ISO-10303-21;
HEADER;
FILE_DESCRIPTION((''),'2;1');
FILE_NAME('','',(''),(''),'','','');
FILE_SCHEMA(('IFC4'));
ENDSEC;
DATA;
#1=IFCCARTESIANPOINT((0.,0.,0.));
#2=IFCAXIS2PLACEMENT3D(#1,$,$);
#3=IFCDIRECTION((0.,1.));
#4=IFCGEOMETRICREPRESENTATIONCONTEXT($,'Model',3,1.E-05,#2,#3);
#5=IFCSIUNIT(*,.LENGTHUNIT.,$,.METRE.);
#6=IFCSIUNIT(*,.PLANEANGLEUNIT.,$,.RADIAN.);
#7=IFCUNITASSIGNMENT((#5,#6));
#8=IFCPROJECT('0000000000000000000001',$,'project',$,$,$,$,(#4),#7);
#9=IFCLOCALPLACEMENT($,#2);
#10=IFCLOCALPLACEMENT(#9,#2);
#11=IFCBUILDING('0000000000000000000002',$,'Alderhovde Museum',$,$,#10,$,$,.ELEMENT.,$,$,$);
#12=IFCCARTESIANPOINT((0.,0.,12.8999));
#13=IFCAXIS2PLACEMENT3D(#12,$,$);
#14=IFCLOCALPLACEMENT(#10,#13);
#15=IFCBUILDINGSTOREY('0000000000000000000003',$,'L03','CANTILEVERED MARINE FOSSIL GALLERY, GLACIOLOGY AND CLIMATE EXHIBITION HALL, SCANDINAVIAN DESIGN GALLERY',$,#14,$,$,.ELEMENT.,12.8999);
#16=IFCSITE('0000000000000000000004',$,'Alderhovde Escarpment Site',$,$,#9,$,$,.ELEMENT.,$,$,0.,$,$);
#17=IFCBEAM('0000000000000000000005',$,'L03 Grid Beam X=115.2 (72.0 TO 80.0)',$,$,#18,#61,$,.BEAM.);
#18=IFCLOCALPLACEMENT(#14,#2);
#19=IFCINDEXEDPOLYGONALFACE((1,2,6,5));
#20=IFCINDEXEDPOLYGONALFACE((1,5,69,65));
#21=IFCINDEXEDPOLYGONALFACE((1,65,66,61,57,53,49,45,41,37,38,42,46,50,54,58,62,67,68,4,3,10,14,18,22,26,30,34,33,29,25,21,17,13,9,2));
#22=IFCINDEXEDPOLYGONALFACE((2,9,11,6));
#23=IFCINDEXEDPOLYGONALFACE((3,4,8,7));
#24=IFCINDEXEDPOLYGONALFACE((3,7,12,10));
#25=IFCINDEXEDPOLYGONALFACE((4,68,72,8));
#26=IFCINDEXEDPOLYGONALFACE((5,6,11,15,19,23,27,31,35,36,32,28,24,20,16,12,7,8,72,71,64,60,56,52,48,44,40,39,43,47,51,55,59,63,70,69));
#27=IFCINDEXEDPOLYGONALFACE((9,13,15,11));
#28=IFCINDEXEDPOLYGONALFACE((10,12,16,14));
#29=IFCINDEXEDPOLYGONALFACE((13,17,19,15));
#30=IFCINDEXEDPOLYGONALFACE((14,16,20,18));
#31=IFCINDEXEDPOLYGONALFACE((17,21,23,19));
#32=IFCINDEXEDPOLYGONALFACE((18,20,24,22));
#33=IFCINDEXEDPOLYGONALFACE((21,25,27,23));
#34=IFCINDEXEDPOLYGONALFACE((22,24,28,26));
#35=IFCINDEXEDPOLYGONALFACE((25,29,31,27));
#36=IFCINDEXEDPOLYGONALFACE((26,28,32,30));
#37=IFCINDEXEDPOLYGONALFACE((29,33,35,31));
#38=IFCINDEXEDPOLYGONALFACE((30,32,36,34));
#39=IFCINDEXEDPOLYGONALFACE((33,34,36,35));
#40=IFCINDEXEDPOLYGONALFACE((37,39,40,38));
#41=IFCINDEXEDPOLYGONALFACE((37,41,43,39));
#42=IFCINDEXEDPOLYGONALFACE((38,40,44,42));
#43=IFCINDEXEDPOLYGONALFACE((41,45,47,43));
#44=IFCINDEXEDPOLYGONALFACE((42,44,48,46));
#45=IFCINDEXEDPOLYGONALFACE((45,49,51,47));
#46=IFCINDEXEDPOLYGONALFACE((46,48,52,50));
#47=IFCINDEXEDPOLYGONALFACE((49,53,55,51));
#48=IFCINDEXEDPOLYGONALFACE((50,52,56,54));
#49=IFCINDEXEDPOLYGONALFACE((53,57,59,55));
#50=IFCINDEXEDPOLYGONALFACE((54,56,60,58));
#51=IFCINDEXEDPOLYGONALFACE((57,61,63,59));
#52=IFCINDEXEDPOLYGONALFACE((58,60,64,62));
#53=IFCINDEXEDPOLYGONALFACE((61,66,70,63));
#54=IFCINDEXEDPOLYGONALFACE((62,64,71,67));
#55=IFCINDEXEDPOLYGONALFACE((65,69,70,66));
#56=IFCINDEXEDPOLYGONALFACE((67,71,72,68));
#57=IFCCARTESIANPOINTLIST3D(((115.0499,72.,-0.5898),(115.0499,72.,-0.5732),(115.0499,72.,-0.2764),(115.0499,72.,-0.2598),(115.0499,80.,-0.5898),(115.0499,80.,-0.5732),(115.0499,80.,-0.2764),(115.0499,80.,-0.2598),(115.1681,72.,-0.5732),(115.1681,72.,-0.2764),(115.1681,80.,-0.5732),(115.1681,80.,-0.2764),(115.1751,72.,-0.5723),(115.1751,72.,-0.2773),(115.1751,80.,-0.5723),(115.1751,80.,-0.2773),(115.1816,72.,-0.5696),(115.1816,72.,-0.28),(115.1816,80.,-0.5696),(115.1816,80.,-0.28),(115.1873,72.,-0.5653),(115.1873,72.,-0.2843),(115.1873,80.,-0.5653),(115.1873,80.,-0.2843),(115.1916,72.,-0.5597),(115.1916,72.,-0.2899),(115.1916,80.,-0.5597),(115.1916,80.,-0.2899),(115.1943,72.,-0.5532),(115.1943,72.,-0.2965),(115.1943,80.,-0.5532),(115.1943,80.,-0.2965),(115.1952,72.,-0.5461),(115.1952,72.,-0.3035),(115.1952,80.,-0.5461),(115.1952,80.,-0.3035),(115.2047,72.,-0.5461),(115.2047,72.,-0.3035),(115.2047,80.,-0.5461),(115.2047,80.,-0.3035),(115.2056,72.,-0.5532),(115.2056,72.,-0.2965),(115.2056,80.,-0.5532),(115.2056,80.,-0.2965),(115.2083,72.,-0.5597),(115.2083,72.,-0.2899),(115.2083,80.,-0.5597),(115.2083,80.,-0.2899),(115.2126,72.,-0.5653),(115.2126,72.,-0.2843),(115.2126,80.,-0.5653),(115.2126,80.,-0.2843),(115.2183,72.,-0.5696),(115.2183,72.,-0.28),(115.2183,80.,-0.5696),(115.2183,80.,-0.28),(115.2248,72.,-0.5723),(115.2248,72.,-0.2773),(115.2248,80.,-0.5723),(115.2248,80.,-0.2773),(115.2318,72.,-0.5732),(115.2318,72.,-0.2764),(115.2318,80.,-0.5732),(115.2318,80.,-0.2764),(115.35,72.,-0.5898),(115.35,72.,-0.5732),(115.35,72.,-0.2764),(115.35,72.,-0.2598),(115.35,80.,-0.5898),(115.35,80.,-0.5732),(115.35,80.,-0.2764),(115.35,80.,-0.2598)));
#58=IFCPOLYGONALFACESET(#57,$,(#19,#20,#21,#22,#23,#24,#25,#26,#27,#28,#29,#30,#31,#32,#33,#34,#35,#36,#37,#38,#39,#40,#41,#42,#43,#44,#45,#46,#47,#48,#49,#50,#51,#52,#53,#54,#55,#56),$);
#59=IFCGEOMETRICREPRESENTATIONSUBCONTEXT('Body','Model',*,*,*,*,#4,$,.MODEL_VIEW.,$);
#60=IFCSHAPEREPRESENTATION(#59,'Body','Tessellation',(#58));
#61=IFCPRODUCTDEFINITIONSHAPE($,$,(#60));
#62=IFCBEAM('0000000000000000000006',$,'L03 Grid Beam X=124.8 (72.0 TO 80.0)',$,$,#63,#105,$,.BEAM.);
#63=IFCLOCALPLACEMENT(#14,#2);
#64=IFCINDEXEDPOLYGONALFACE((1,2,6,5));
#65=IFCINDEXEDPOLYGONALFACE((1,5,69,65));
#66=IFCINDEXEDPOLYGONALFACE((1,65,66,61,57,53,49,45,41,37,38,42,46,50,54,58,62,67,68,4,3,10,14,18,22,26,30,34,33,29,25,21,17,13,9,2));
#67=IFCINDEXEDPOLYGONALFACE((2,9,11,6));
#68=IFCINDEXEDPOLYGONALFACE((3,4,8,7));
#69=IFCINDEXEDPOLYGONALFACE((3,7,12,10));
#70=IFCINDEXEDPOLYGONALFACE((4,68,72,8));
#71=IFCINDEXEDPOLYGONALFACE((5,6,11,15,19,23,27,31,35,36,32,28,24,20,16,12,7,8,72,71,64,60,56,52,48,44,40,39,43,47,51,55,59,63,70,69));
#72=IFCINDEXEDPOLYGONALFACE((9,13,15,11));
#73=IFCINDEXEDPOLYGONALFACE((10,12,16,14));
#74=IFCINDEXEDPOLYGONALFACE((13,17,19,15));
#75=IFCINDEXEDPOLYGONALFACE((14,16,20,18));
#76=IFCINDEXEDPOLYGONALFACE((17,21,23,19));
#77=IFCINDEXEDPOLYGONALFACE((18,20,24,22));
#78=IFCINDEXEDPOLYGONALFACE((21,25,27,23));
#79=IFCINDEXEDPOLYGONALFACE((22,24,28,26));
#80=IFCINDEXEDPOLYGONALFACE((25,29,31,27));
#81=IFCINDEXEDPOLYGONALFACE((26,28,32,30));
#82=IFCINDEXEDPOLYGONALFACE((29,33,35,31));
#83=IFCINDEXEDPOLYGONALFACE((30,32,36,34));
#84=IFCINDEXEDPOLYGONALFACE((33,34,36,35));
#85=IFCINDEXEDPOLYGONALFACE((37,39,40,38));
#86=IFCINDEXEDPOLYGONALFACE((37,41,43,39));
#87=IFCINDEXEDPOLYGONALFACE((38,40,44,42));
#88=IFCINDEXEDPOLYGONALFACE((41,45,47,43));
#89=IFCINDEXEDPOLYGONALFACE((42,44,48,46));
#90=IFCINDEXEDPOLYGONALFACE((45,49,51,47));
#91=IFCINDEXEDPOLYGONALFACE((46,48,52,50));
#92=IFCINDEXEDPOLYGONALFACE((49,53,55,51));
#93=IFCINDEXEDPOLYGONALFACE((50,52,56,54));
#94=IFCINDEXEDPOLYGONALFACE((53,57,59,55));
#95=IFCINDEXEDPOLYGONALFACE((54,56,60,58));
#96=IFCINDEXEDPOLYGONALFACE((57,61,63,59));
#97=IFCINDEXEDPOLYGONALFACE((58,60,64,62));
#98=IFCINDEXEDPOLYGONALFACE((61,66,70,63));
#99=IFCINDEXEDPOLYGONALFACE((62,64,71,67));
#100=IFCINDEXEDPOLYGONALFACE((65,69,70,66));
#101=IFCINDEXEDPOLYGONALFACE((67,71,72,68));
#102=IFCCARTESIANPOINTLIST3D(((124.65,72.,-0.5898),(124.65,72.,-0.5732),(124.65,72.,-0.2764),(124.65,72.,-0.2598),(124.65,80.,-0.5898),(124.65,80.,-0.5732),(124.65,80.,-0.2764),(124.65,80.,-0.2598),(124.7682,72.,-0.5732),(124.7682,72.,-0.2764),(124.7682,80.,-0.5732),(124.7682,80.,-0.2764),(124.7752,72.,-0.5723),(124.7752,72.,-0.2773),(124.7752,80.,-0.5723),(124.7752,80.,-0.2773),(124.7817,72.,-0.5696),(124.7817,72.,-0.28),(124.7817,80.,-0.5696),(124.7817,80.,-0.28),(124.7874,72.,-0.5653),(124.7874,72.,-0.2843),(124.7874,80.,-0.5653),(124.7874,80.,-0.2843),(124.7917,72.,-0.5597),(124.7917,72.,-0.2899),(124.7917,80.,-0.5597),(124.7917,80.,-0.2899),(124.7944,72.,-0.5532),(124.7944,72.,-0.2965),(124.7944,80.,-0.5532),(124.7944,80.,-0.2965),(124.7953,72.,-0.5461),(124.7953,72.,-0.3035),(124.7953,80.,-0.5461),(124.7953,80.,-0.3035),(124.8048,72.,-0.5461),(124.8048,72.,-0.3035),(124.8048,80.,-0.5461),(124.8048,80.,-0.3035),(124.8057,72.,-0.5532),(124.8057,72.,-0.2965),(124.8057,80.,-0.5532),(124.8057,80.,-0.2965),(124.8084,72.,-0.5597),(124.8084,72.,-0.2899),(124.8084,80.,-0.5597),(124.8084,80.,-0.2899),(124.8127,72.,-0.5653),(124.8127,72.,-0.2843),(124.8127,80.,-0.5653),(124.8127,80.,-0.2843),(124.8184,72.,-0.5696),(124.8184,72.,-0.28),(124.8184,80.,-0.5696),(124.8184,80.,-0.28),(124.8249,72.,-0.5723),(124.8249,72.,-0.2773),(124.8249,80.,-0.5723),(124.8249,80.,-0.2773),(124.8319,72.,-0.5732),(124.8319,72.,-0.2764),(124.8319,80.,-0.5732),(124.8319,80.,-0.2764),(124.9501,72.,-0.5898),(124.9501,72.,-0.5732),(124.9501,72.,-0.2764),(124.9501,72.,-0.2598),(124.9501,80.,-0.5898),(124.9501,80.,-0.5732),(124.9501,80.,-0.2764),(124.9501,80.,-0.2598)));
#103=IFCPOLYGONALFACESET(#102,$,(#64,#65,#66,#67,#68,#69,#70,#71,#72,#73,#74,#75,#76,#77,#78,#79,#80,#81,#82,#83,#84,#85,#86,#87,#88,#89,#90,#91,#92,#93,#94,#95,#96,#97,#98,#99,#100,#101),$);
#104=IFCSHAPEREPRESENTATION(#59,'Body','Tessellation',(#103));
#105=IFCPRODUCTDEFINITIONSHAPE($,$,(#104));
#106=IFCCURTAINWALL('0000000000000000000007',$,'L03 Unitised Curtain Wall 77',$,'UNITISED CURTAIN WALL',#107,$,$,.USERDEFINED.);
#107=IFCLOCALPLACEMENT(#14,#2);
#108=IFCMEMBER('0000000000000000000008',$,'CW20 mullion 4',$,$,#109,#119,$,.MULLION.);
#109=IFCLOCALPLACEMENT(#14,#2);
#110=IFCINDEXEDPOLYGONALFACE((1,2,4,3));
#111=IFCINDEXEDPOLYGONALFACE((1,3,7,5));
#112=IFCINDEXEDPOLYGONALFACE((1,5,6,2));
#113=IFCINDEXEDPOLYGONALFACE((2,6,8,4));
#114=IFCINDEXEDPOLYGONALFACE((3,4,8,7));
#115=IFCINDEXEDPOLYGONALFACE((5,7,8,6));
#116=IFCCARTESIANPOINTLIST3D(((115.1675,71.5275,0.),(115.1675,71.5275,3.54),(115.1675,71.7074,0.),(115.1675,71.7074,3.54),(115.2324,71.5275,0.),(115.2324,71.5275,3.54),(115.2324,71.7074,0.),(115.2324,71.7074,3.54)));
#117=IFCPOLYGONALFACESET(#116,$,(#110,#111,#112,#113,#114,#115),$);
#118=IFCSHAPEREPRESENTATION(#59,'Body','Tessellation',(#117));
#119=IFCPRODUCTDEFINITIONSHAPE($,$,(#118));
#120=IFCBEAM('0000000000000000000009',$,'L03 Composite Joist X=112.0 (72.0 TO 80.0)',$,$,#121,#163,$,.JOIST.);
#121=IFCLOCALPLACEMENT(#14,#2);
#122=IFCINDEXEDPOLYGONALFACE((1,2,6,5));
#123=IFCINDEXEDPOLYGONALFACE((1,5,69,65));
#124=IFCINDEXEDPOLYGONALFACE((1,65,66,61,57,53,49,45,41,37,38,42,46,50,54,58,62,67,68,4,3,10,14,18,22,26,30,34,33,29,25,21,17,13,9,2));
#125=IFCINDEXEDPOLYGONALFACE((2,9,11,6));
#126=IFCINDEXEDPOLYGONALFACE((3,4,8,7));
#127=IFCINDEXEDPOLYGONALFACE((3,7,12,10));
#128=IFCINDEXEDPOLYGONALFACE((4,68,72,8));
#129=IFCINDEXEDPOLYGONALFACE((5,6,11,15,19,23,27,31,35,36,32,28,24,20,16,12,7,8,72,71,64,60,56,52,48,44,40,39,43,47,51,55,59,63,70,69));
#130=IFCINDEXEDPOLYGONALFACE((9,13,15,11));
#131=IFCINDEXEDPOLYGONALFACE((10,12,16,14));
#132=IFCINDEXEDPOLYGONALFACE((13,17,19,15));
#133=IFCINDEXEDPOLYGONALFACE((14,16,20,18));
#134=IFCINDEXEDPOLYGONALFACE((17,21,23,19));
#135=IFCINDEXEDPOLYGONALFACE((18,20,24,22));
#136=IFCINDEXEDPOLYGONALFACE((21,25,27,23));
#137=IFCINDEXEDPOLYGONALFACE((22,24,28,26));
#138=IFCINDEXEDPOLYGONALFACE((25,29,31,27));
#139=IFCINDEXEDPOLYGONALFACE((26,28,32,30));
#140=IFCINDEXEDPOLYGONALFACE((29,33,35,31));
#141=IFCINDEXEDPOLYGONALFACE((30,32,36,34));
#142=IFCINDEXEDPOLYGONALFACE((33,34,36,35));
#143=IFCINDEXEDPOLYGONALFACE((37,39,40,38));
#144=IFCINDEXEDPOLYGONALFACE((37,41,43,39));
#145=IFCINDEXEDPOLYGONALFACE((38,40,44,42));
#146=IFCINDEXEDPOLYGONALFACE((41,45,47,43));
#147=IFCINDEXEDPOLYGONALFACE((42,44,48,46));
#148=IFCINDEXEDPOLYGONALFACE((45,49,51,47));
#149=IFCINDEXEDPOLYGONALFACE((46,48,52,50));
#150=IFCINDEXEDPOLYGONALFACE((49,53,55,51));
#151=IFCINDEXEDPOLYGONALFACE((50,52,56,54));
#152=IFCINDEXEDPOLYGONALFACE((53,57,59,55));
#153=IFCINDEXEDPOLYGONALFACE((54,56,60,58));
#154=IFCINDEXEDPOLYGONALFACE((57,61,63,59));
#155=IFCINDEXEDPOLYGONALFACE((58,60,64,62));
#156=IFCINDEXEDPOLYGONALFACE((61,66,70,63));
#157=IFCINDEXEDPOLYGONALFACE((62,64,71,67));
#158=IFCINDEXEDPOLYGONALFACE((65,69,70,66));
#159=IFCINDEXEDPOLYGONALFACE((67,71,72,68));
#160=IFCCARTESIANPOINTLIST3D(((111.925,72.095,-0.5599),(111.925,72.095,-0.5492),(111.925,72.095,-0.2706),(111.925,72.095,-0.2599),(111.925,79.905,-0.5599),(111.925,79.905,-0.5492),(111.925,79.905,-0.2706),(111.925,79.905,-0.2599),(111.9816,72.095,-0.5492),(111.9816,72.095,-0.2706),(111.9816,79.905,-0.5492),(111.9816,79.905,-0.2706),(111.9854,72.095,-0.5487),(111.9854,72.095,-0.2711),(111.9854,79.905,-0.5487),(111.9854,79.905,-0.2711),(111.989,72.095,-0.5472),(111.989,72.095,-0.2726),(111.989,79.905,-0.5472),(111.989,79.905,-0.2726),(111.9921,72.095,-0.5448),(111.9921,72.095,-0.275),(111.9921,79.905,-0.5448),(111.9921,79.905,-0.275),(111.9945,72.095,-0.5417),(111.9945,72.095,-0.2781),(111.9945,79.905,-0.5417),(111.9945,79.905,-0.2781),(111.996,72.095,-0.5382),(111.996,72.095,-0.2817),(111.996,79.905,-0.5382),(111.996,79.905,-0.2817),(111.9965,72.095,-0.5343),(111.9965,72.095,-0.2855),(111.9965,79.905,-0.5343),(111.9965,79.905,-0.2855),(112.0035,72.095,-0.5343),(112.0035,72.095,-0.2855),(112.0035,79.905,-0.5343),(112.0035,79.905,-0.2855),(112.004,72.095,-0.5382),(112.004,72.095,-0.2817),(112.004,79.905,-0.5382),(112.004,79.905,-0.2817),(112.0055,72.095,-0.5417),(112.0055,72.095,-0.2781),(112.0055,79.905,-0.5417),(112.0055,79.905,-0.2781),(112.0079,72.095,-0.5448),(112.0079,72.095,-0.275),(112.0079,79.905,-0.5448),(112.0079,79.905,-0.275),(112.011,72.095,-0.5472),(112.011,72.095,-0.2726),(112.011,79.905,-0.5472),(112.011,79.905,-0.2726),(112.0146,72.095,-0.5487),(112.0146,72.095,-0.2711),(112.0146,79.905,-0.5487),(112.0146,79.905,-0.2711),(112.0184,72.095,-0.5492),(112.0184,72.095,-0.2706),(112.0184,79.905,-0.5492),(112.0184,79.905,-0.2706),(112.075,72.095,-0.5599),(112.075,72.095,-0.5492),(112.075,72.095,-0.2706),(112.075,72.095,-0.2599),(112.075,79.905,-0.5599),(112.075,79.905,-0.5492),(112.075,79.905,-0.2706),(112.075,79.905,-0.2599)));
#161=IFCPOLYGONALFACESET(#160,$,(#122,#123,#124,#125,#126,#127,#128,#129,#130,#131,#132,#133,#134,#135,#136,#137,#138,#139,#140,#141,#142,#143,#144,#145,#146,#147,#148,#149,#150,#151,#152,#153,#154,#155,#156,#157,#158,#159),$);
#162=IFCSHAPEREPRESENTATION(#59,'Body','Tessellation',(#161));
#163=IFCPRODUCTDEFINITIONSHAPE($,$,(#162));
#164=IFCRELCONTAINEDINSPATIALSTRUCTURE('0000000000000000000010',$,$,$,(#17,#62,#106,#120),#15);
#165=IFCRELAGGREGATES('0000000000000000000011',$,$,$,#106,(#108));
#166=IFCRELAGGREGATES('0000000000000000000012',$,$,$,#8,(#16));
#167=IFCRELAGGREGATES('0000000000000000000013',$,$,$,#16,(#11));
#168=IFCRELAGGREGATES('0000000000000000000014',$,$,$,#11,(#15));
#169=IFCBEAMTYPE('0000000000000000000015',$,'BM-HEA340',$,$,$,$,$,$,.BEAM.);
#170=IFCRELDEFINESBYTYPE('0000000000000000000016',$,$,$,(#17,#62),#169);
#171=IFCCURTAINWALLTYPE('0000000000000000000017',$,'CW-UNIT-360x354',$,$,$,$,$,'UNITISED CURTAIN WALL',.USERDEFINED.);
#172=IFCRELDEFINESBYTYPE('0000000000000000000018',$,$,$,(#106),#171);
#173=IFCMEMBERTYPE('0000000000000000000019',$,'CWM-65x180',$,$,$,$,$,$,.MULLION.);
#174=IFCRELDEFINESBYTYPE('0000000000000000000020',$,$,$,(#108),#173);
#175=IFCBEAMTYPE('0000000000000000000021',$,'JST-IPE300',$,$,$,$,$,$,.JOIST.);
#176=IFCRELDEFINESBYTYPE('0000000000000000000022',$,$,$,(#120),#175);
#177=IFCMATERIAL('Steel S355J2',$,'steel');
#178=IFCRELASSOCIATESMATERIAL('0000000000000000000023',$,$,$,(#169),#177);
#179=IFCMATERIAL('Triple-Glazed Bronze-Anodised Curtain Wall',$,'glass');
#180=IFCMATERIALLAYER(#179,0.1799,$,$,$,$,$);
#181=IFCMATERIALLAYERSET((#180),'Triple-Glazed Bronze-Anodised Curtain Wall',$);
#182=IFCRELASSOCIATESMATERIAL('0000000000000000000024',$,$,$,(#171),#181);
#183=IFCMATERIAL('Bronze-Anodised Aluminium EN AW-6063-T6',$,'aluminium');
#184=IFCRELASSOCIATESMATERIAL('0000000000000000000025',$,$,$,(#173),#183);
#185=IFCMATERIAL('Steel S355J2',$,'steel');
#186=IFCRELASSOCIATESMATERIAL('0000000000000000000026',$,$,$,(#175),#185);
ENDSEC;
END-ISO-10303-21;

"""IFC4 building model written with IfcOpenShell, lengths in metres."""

from ifc_helpers import new_model, si_unit, direction, frame, origin, origin_2d, place, context, subcontext, project, spatial, rectangle, i_section, extrude, material, layer, layer_set, material_profile, profile_set, type_object, element, aggregate, save


model = new_model("IFC4")

# Units and contexts
model_context = context("Model", 3, precision=1e-05, world=origin(), true_north=direction((0.0, 1.0)))
body_context = subcontext(model_context, "Body", "Model", "MODEL_VIEW")
ifc_project = project(units=[si_unit("LENGTHUNIT", "METRE"), si_unit("PLANEANGLEUNIT", "RADIAN")], contexts=[model_context])

# Site, building, storey
site_placement = place(None, origin())
site = spatial("IfcSite", under=ifc_project, at=site_placement, Name="Alderhovde Escarpment Site", CompositionType="ELEMENT", RefElevation=0.0)
building_placement = place(site_placement, origin())
building = spatial("IfcBuilding", under=site, at=building_placement, Name="Alderhovde Museum", CompositionType="ELEMENT")
storey_placement = place(building_placement, frame((0.0, 0.0, 12.8999)))
storey = spatial("IfcBuildingStorey", under=building, at=storey_placement, Name="L03", Description="CANTILEVERED MARINE FOSSIL GALLERY, GLACIOLOGY AND CLIMATE EXHIBITION HALL, SCANDINAVIAN DESIGN GALLERY", CompositionType="ELEMENT", Elevation=12.8999)

# Beams
ifc_material_1 = material(Name="Steel S355J2", Category="steel")
ifc_material_profile_1 = material_profile(ifc_material_1, i_section(OverallWidth=0.3, OverallDepth=0.3301, WebThickness=0.0095, FlangeThickness=0.0166, FilletRadius=0.0271, at=origin_2d()), Name="HEA 340")
ifc_profile_set_1 = profile_set([ifc_material_profile_1], Name="Steel S355J2")
beam_type_1 = type_object("IfcBeamType", Name="BM-HEA340", PredefinedType="BEAM", material=ifc_profile_set_1)
for number, where, z_axis, x_axis, name in (
    (1, (115.2, 72.0, -0.4248), (0.0, 1.0, 0.0), (-1.0, 0.0, 0.0), "L03 Grid Beam X=115.2 (72.0 TO 80.0)"),
    (2, (124.8, 72.0, -0.4248), (0.0, 1.0, 0.0), (-1.0, 0.0, 0.0), "L03 Grid Beam X=124.8 (72.0 TO 80.0)"),
):
    element("IfcBeam", number, at=place(storey_placement, frame(where, z_axis=z_axis, x_axis=x_axis)), inside=storey, type_object=beam_type_1, Name=name, PredefinedType="BEAM", context=body_context, shape_type="SweptSolid", body=[
        extrude(i_section(OverallWidth=0.3, OverallDepth=0.3301, WebThickness=0.0095, FlangeThickness=0.0166, FilletRadius=0.0271, at=origin_2d()), origin(), (0.0, 0.0, 1.0), 8.0),
    ])

# Curtain wall, member
ifc_material_2 = material(Name="Triple-Glazed Bronze-Anodised Curtain Wall", Category="glass")
ifc_layer_1 = layer(ifc_material_2, 0.1799)
ifc_layer_set_1 = layer_set([ifc_layer_1], Name="Triple-Glazed Bronze-Anodised Curtain Wall")
curtain_wall_type = type_object("IfcCurtainWallType", Name="CW-UNIT-360x354", ElementType="UNITISED CURTAIN WALL", PredefinedType="USERDEFINED", material=ifc_layer_set_1)
curtain_wall_placement = place(storey_placement, origin())
curtain_wall = element("IfcCurtainWall", 3, at=curtain_wall_placement, inside=storey, type_object=curtain_wall_type, Name="L03 Unitised Curtain Wall 77", ObjectType="UNITISED CURTAIN WALL", PredefinedType="USERDEFINED")
ifc_material_3 = material(Name="Bronze-Anodised Aluminium EN AW-6063-T6", Category="aluminium")
ifc_material_profile_2 = material_profile(ifc_material_3, rectangle(XDim=0.0649, YDim=0.1799, at=origin_2d()), Name="MULLION 65x180")
ifc_profile_set_2 = profile_set([ifc_material_profile_2], Name="Bronze-Anodised Aluminium EN AW-6063-T6")
member_type = type_object("IfcMemberType", Name="CWM-65x180", PredefinedType="MULLION", material=ifc_profile_set_2)
member_placement = place(storey_placement, frame((115.2, 71.6174, 0.0), z_axis=(0.0, 0.0, 1.0), x_axis=(-1.0, 0.0, 0.0)))
member = element("IfcMember", 4, at=member_placement, type_object=member_type, Name="CW20 mullion 4", PredefinedType="MULLION", context=body_context, shape_type="SweptSolid", body=[
    extrude(rectangle(XDim=0.0649, YDim=0.1799, at=origin_2d()), origin(), (0.0, 0.0, 1.0), 3.54),
])

# Beam
ifc_material_4 = material(Name="Steel S355J2", Category="steel")
ifc_material_profile_3 = material_profile(ifc_material_4, i_section(OverallWidth=0.1499, OverallDepth=0.3, WebThickness=0.0071, FlangeThickness=0.0107, FilletRadius=0.0149, at=origin_2d()), Name="IPE 300")
ifc_profile_set_3 = profile_set([ifc_material_profile_3], Name="Steel S355J2")
beam_type_2 = type_object("IfcBeamType", Name="JST-IPE300", PredefinedType="JOIST", material=ifc_profile_set_3)
beam_1_placement = place(storey_placement, frame((112.0, 72.095, -0.4099), z_axis=(0.0, 1.0, 0.0), x_axis=(-1.0, 0.0, 0.0)))
element("IfcBeam", 5, at=beam_1_placement, inside=storey, type_object=beam_type_2, Name="L03 Composite Joist X=112.0 (72.0 TO 80.0)", PredefinedType="JOIST", context=body_context, shape_type="SweptSolid", body=[
    extrude(i_section(OverallWidth=0.1499, OverallDepth=0.3, WebThickness=0.0071, FlangeThickness=0.0107, FilletRadius=0.0149, at=origin_2d()), origin(), (0.0, 0.0, 1.0), 7.8101),
])

aggregate(curtain_wall, [member])

save(model, "model.ifc")
